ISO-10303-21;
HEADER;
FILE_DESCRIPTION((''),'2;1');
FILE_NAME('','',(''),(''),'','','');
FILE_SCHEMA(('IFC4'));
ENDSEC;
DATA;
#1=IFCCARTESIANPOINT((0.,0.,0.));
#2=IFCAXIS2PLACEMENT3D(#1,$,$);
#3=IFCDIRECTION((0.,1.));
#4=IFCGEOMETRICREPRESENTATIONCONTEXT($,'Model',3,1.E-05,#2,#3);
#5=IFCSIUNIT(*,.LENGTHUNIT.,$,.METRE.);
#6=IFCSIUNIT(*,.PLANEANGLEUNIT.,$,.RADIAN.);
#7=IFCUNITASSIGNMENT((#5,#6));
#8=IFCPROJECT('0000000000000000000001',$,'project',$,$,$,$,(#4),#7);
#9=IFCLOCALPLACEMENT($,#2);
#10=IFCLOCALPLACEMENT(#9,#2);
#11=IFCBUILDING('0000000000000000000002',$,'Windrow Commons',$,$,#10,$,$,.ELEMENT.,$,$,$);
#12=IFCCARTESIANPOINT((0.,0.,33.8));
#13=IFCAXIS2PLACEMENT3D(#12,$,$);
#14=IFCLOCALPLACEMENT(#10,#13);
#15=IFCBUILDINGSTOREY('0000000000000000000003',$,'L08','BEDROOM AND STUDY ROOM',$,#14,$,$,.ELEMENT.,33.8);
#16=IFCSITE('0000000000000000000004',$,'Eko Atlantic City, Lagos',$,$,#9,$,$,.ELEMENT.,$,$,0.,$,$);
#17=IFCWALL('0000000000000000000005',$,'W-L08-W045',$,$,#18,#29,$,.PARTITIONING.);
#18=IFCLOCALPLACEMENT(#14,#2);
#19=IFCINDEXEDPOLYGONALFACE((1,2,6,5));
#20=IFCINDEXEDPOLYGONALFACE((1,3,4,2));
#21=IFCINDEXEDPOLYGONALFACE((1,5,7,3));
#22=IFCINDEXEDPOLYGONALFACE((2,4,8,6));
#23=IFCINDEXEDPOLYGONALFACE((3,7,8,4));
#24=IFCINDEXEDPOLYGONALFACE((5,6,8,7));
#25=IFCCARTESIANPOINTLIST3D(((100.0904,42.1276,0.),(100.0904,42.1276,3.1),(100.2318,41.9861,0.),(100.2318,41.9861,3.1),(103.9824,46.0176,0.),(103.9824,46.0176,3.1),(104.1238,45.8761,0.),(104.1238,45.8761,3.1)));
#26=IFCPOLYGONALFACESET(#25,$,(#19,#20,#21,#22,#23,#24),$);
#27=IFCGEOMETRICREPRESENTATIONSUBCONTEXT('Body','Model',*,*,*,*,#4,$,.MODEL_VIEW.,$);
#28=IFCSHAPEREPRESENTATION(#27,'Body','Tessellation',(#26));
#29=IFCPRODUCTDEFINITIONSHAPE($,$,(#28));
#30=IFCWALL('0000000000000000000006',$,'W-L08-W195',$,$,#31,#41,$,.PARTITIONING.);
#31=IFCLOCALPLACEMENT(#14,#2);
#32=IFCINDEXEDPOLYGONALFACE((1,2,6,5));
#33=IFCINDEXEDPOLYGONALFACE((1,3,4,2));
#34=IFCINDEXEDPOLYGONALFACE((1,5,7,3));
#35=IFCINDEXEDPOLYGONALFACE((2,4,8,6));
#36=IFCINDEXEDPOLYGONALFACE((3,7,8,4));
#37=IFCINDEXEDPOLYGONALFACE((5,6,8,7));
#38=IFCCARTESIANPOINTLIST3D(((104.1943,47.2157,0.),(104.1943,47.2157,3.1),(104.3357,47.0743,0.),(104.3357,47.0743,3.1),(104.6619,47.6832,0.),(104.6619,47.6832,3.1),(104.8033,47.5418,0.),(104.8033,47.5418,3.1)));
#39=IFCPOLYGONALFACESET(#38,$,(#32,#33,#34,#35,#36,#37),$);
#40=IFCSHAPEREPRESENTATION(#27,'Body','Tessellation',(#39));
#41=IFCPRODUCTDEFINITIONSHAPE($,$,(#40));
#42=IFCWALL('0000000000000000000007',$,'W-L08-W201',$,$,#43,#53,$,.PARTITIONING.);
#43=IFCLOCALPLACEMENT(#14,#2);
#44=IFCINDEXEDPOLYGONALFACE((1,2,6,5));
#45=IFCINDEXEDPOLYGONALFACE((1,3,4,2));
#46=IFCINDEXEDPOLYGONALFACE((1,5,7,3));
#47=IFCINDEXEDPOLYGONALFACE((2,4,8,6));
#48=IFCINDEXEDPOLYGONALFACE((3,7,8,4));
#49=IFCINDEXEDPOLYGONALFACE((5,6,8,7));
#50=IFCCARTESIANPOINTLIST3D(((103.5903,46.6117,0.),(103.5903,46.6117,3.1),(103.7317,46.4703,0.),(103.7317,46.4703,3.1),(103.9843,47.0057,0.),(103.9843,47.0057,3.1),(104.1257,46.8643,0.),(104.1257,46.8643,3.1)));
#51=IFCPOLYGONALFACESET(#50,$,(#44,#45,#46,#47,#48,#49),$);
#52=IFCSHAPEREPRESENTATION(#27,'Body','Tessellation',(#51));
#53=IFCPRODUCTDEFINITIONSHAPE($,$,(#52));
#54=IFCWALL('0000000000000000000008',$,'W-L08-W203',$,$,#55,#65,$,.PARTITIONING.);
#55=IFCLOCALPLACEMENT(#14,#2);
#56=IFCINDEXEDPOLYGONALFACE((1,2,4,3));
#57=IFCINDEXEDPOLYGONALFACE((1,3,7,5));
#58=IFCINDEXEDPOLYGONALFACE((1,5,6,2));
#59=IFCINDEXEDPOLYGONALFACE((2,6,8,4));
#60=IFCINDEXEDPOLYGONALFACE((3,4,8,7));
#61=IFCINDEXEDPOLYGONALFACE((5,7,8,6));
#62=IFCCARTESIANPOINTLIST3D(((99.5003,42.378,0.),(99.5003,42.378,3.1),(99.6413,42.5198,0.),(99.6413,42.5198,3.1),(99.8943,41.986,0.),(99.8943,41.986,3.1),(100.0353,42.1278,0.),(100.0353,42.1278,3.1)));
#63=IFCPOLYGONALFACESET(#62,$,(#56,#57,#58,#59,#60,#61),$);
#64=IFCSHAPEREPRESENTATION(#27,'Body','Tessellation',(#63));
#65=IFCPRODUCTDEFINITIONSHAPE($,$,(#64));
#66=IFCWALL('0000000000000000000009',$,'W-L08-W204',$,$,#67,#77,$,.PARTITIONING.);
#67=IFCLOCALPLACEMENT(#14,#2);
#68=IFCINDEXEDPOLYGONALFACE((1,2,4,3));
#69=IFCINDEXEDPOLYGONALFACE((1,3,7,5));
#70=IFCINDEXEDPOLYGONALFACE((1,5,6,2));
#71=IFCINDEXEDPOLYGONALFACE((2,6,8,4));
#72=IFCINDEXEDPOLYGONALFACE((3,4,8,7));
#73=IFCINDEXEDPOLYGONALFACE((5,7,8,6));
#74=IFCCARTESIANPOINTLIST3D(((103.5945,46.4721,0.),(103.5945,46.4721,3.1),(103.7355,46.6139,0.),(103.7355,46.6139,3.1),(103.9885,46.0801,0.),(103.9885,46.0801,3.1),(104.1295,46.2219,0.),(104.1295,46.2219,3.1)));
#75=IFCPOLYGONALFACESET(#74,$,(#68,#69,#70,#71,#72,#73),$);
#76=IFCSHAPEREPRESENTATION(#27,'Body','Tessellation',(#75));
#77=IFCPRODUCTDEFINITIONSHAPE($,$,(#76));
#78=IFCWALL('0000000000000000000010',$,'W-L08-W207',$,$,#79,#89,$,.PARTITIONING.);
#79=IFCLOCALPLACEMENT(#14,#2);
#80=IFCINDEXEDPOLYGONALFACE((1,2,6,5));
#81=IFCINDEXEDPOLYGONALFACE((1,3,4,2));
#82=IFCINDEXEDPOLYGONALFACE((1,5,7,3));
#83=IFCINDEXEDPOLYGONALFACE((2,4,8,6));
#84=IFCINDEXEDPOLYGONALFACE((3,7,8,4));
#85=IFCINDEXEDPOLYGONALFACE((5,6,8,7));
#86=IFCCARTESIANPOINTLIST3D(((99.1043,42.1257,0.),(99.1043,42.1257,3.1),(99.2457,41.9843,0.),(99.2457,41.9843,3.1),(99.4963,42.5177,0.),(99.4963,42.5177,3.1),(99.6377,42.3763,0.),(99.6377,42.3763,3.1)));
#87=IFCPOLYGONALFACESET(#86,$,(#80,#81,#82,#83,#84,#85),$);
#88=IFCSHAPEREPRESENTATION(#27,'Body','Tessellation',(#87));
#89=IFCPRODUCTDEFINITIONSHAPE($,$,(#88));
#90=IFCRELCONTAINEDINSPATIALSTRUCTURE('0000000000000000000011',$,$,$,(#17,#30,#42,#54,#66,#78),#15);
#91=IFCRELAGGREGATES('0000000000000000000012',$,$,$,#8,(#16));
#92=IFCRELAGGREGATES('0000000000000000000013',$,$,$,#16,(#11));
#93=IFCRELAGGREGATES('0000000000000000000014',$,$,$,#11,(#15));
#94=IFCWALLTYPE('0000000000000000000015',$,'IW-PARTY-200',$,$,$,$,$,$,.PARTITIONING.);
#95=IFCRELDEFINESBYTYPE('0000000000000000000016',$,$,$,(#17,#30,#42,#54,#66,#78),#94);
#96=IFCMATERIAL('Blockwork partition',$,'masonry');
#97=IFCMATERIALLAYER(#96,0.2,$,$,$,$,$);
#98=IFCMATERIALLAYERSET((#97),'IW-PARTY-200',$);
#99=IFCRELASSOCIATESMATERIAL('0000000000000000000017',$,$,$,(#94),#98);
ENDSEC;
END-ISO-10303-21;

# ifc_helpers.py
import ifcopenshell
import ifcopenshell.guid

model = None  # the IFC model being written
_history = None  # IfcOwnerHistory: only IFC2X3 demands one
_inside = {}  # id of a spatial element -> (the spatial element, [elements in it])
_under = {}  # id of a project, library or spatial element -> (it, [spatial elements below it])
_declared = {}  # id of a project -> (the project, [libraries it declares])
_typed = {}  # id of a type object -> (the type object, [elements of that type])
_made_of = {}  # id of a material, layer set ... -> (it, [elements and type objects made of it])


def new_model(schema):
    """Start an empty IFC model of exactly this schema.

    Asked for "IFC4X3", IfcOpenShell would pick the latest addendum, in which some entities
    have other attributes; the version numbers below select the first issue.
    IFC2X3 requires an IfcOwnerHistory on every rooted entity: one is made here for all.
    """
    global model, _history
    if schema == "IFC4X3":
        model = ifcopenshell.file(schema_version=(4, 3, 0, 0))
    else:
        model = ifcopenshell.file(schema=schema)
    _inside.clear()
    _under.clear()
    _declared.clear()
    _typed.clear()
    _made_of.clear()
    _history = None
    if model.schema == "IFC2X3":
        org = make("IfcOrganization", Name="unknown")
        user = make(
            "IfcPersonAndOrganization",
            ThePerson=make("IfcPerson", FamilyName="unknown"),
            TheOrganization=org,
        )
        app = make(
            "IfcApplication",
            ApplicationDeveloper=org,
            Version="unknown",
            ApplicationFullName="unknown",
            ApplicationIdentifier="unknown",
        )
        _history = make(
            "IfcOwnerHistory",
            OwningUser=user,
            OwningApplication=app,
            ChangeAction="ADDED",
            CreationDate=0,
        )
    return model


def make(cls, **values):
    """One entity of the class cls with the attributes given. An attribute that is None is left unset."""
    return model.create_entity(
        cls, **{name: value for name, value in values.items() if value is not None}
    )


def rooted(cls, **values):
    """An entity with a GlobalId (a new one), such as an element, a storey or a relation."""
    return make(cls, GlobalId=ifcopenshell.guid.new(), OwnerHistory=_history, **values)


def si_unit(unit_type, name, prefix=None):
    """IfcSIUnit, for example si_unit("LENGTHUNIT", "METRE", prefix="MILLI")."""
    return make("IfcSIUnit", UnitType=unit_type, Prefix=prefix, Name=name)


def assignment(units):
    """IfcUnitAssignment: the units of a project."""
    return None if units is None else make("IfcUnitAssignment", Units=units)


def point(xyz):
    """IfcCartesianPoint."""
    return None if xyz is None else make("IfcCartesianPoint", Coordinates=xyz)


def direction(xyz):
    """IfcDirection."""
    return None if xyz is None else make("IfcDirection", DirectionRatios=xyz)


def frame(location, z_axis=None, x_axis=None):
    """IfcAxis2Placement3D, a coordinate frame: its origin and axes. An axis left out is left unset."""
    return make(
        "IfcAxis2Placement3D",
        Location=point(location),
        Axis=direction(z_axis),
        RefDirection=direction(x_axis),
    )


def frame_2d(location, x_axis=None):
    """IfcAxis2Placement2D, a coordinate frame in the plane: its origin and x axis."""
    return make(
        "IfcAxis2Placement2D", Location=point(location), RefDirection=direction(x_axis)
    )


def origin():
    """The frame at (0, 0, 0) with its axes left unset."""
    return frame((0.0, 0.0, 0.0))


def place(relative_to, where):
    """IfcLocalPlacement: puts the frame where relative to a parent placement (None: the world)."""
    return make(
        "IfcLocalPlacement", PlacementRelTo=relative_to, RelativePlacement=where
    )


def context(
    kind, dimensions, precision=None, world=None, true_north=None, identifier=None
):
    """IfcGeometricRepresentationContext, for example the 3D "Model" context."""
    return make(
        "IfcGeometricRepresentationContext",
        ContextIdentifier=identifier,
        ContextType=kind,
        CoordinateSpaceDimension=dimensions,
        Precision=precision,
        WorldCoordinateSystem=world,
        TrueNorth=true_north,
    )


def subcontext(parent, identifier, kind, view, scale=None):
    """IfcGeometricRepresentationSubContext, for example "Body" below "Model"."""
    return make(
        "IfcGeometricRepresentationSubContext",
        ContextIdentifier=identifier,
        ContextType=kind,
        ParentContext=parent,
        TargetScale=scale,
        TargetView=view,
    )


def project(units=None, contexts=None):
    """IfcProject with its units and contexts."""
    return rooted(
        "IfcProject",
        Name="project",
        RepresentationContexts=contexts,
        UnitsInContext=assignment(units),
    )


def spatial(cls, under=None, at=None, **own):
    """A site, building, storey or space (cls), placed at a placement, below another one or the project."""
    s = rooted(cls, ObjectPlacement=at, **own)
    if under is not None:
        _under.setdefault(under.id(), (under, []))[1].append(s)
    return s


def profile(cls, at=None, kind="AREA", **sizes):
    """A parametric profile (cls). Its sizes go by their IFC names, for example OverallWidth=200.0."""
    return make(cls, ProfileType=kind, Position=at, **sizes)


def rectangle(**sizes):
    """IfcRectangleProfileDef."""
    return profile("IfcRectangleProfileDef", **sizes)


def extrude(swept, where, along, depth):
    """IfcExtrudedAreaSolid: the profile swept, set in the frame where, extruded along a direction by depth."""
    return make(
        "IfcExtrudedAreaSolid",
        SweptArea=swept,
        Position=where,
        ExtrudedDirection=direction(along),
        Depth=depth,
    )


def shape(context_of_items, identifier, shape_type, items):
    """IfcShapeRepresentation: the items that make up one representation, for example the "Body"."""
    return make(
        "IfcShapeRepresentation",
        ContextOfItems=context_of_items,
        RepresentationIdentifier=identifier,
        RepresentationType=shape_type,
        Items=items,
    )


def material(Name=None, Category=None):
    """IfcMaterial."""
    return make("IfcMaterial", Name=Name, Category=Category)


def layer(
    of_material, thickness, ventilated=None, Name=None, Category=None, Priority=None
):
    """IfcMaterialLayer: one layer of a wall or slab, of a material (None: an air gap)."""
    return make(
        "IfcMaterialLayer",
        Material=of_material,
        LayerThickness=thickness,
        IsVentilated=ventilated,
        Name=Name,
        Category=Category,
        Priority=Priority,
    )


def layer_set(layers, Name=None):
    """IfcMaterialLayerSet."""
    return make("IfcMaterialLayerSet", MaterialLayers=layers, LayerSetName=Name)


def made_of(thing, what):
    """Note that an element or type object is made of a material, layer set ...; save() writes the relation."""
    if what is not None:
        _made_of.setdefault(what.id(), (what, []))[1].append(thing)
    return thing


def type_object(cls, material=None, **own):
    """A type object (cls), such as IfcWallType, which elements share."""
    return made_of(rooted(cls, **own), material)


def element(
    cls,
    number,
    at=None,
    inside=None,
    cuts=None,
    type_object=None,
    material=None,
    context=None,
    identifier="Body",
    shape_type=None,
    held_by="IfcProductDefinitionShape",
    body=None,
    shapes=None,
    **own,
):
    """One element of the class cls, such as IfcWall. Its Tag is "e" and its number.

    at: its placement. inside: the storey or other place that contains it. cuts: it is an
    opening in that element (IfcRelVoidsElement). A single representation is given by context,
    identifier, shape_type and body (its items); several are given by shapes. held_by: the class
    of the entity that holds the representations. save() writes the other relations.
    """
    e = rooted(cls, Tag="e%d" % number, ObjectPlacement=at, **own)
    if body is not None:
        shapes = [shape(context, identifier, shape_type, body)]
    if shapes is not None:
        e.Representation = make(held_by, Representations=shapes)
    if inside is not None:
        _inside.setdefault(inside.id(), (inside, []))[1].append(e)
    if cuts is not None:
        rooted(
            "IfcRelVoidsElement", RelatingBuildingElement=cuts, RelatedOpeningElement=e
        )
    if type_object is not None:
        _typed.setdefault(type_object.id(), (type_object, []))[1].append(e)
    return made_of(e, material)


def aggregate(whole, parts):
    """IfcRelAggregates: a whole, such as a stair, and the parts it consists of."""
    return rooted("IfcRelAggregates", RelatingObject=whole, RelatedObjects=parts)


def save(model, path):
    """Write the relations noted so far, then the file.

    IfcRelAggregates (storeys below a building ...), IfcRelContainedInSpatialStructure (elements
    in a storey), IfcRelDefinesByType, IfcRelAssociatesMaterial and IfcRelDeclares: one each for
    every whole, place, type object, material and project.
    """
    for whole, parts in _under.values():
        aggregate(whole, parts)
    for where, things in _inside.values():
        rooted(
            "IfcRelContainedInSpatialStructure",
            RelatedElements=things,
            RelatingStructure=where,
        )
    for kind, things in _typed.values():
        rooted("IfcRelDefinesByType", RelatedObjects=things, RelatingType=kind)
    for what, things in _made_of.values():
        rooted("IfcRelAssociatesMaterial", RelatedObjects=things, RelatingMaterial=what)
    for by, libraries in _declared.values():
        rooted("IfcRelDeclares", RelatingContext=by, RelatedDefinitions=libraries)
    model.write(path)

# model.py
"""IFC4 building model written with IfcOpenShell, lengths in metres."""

from ifc_helpers import new_model, si_unit, direction, frame, frame_2d, origin, place, context, subcontext, project, spatial, rectangle, extrude, material, layer, layer_set, type_object, element, save


model = new_model("IFC4")

# Units and contexts
model_context = context("Model", 3, precision=1e-05, world=origin(), true_north=direction((0.0, 1.0)))
body_context = subcontext(model_context, "Body", "Model", "MODEL_VIEW")
ifc_project = project(units=[si_unit("LENGTHUNIT", "METRE"), si_unit("PLANEANGLEUNIT", "RADIAN")], contexts=[model_context])

# Site, building, storey
site_placement = place(None, origin())
site = spatial("IfcSite", under=ifc_project, at=site_placement, Name="Eko Atlantic City, Lagos", CompositionType="ELEMENT", RefElevation=0.0)
building_placement = place(site_placement, origin())
building = spatial("IfcBuilding", under=site, at=building_placement, Name="Windrow Commons", CompositionType="ELEMENT")
storey_placement = place(building_placement, frame((0.0, 0.0, 33.8)))
storey = spatial("IfcBuildingStorey", under=building, at=storey_placement, Name="L08", Description="BEDROOM AND STUDY ROOM", CompositionType="ELEMENT", Elevation=33.8)

# Walls
ifc_material_1 = material(Name="Blockwork partition", Category="masonry")
ifc_layer_1 = layer(ifc_material_1, 0.2)
ifc_layer_set_1 = layer_set([ifc_layer_1], Name="IW-PARTY-200")
wall_type_1 = type_object("IfcWallType", Name="IW-PARTY-200", PredefinedType="PARTITIONING", material=ifc_layer_set_1)
wall_1_placement = place(storey_placement, frame((100.1611, 42.0569, 0.0), z_axis=(0.0, 0.0, 1.0), x_axis=(0.707288, 0.706925, 0.0)))
element("IfcWall", 1, at=wall_1_placement, inside=storey, type_object=wall_type_1, Name="W-L08-W045", PredefinedType="PARTITIONING", context=body_context, shape_type="SweptSolid", body=[
    extrude(rectangle(XDim=5.5027, YDim=0.2, at=frame_2d((2.7513, 0.0))), origin(), (0.0, 0.0, 1.0), 3.1),
])
wall_2_placement = place(storey_placement, frame((104.265, 47.145, 0.0), z_axis=(0.0, 0.0, 1.0), x_axis=(0.707182, 0.707031, 0.0)))
element("IfcWall", 2, at=wall_2_placement, inside=storey, type_object=wall_type_1, Name="W-L08-W195", PredefinedType="PARTITIONING", context=body_context, shape_type="SweptSolid", body=[
    extrude(rectangle(XDim=0.6612, YDim=0.2, at=frame_2d((0.3306, 0.0))), origin(), (0.0, 0.0, 1.0), 3.1),
])
wall_3_placement = place(storey_placement, frame((103.661, 46.541, 0.0), z_axis=(0.0, 0.0, 1.0), x_axis=(0.707107, 0.707107, 0.0)))
element("IfcWall", 3, at=wall_3_placement, inside=storey, type_object=wall_type_1, Name="W-L08-W201", PredefinedType="PARTITIONING", context=body_context, shape_type="SweptSolid", body=[
    extrude(rectangle(XDim=0.5572, YDim=0.2, at=frame_2d((0.2786, 0.0))), origin(), (0.0, 0.0, 1.0), 3.1),
])
for number, where, z_axis, x_axis, name in (
    (4, (99.5708, 42.4489, 0.0), (0.0, 0.0, 1.0), (0.708904, -0.705305, 0.0), "W-L08-W203"),
    (5, (103.665, 46.543, 0.0), (0.0, 0.0, 1.0), (0.708904, -0.705305, 0.0), "W-L08-W204"),
):
    element("IfcWall", number, at=place(storey_placement, frame(where, z_axis=z_axis, x_axis=x_axis)), inside=storey, type_object=wall_type_1, Name=name, PredefinedType="PARTITIONING", context=body_context, shape_type="SweptSolid", body=[
        extrude(rectangle(XDim=0.5558, YDim=0.2, at=frame_2d((0.2779, 0.0))), origin(), (0.0, 0.0, 1.0), 3.1),
    ])
wall_4_placement = place(storey_placement, frame((99.175, 42.055, 0.0), z_axis=(0.0, 0.0, 1.0), x_axis=(0.707107, 0.707107, 0.0)))
element("IfcWall", 6, at=wall_4_placement, inside=storey, type_object=wall_type_1, Name="W-L08-W207", PredefinedType="PARTITIONING", context=body_context, shape_type="SweptSolid", body=[
    extrude(rectangle(XDim=0.5544, YDim=0.2, at=frame_2d((0.2772, 0.0))), origin(), (0.0, 0.0, 1.0), 3.1),
])

save(model, "model.ifc")
